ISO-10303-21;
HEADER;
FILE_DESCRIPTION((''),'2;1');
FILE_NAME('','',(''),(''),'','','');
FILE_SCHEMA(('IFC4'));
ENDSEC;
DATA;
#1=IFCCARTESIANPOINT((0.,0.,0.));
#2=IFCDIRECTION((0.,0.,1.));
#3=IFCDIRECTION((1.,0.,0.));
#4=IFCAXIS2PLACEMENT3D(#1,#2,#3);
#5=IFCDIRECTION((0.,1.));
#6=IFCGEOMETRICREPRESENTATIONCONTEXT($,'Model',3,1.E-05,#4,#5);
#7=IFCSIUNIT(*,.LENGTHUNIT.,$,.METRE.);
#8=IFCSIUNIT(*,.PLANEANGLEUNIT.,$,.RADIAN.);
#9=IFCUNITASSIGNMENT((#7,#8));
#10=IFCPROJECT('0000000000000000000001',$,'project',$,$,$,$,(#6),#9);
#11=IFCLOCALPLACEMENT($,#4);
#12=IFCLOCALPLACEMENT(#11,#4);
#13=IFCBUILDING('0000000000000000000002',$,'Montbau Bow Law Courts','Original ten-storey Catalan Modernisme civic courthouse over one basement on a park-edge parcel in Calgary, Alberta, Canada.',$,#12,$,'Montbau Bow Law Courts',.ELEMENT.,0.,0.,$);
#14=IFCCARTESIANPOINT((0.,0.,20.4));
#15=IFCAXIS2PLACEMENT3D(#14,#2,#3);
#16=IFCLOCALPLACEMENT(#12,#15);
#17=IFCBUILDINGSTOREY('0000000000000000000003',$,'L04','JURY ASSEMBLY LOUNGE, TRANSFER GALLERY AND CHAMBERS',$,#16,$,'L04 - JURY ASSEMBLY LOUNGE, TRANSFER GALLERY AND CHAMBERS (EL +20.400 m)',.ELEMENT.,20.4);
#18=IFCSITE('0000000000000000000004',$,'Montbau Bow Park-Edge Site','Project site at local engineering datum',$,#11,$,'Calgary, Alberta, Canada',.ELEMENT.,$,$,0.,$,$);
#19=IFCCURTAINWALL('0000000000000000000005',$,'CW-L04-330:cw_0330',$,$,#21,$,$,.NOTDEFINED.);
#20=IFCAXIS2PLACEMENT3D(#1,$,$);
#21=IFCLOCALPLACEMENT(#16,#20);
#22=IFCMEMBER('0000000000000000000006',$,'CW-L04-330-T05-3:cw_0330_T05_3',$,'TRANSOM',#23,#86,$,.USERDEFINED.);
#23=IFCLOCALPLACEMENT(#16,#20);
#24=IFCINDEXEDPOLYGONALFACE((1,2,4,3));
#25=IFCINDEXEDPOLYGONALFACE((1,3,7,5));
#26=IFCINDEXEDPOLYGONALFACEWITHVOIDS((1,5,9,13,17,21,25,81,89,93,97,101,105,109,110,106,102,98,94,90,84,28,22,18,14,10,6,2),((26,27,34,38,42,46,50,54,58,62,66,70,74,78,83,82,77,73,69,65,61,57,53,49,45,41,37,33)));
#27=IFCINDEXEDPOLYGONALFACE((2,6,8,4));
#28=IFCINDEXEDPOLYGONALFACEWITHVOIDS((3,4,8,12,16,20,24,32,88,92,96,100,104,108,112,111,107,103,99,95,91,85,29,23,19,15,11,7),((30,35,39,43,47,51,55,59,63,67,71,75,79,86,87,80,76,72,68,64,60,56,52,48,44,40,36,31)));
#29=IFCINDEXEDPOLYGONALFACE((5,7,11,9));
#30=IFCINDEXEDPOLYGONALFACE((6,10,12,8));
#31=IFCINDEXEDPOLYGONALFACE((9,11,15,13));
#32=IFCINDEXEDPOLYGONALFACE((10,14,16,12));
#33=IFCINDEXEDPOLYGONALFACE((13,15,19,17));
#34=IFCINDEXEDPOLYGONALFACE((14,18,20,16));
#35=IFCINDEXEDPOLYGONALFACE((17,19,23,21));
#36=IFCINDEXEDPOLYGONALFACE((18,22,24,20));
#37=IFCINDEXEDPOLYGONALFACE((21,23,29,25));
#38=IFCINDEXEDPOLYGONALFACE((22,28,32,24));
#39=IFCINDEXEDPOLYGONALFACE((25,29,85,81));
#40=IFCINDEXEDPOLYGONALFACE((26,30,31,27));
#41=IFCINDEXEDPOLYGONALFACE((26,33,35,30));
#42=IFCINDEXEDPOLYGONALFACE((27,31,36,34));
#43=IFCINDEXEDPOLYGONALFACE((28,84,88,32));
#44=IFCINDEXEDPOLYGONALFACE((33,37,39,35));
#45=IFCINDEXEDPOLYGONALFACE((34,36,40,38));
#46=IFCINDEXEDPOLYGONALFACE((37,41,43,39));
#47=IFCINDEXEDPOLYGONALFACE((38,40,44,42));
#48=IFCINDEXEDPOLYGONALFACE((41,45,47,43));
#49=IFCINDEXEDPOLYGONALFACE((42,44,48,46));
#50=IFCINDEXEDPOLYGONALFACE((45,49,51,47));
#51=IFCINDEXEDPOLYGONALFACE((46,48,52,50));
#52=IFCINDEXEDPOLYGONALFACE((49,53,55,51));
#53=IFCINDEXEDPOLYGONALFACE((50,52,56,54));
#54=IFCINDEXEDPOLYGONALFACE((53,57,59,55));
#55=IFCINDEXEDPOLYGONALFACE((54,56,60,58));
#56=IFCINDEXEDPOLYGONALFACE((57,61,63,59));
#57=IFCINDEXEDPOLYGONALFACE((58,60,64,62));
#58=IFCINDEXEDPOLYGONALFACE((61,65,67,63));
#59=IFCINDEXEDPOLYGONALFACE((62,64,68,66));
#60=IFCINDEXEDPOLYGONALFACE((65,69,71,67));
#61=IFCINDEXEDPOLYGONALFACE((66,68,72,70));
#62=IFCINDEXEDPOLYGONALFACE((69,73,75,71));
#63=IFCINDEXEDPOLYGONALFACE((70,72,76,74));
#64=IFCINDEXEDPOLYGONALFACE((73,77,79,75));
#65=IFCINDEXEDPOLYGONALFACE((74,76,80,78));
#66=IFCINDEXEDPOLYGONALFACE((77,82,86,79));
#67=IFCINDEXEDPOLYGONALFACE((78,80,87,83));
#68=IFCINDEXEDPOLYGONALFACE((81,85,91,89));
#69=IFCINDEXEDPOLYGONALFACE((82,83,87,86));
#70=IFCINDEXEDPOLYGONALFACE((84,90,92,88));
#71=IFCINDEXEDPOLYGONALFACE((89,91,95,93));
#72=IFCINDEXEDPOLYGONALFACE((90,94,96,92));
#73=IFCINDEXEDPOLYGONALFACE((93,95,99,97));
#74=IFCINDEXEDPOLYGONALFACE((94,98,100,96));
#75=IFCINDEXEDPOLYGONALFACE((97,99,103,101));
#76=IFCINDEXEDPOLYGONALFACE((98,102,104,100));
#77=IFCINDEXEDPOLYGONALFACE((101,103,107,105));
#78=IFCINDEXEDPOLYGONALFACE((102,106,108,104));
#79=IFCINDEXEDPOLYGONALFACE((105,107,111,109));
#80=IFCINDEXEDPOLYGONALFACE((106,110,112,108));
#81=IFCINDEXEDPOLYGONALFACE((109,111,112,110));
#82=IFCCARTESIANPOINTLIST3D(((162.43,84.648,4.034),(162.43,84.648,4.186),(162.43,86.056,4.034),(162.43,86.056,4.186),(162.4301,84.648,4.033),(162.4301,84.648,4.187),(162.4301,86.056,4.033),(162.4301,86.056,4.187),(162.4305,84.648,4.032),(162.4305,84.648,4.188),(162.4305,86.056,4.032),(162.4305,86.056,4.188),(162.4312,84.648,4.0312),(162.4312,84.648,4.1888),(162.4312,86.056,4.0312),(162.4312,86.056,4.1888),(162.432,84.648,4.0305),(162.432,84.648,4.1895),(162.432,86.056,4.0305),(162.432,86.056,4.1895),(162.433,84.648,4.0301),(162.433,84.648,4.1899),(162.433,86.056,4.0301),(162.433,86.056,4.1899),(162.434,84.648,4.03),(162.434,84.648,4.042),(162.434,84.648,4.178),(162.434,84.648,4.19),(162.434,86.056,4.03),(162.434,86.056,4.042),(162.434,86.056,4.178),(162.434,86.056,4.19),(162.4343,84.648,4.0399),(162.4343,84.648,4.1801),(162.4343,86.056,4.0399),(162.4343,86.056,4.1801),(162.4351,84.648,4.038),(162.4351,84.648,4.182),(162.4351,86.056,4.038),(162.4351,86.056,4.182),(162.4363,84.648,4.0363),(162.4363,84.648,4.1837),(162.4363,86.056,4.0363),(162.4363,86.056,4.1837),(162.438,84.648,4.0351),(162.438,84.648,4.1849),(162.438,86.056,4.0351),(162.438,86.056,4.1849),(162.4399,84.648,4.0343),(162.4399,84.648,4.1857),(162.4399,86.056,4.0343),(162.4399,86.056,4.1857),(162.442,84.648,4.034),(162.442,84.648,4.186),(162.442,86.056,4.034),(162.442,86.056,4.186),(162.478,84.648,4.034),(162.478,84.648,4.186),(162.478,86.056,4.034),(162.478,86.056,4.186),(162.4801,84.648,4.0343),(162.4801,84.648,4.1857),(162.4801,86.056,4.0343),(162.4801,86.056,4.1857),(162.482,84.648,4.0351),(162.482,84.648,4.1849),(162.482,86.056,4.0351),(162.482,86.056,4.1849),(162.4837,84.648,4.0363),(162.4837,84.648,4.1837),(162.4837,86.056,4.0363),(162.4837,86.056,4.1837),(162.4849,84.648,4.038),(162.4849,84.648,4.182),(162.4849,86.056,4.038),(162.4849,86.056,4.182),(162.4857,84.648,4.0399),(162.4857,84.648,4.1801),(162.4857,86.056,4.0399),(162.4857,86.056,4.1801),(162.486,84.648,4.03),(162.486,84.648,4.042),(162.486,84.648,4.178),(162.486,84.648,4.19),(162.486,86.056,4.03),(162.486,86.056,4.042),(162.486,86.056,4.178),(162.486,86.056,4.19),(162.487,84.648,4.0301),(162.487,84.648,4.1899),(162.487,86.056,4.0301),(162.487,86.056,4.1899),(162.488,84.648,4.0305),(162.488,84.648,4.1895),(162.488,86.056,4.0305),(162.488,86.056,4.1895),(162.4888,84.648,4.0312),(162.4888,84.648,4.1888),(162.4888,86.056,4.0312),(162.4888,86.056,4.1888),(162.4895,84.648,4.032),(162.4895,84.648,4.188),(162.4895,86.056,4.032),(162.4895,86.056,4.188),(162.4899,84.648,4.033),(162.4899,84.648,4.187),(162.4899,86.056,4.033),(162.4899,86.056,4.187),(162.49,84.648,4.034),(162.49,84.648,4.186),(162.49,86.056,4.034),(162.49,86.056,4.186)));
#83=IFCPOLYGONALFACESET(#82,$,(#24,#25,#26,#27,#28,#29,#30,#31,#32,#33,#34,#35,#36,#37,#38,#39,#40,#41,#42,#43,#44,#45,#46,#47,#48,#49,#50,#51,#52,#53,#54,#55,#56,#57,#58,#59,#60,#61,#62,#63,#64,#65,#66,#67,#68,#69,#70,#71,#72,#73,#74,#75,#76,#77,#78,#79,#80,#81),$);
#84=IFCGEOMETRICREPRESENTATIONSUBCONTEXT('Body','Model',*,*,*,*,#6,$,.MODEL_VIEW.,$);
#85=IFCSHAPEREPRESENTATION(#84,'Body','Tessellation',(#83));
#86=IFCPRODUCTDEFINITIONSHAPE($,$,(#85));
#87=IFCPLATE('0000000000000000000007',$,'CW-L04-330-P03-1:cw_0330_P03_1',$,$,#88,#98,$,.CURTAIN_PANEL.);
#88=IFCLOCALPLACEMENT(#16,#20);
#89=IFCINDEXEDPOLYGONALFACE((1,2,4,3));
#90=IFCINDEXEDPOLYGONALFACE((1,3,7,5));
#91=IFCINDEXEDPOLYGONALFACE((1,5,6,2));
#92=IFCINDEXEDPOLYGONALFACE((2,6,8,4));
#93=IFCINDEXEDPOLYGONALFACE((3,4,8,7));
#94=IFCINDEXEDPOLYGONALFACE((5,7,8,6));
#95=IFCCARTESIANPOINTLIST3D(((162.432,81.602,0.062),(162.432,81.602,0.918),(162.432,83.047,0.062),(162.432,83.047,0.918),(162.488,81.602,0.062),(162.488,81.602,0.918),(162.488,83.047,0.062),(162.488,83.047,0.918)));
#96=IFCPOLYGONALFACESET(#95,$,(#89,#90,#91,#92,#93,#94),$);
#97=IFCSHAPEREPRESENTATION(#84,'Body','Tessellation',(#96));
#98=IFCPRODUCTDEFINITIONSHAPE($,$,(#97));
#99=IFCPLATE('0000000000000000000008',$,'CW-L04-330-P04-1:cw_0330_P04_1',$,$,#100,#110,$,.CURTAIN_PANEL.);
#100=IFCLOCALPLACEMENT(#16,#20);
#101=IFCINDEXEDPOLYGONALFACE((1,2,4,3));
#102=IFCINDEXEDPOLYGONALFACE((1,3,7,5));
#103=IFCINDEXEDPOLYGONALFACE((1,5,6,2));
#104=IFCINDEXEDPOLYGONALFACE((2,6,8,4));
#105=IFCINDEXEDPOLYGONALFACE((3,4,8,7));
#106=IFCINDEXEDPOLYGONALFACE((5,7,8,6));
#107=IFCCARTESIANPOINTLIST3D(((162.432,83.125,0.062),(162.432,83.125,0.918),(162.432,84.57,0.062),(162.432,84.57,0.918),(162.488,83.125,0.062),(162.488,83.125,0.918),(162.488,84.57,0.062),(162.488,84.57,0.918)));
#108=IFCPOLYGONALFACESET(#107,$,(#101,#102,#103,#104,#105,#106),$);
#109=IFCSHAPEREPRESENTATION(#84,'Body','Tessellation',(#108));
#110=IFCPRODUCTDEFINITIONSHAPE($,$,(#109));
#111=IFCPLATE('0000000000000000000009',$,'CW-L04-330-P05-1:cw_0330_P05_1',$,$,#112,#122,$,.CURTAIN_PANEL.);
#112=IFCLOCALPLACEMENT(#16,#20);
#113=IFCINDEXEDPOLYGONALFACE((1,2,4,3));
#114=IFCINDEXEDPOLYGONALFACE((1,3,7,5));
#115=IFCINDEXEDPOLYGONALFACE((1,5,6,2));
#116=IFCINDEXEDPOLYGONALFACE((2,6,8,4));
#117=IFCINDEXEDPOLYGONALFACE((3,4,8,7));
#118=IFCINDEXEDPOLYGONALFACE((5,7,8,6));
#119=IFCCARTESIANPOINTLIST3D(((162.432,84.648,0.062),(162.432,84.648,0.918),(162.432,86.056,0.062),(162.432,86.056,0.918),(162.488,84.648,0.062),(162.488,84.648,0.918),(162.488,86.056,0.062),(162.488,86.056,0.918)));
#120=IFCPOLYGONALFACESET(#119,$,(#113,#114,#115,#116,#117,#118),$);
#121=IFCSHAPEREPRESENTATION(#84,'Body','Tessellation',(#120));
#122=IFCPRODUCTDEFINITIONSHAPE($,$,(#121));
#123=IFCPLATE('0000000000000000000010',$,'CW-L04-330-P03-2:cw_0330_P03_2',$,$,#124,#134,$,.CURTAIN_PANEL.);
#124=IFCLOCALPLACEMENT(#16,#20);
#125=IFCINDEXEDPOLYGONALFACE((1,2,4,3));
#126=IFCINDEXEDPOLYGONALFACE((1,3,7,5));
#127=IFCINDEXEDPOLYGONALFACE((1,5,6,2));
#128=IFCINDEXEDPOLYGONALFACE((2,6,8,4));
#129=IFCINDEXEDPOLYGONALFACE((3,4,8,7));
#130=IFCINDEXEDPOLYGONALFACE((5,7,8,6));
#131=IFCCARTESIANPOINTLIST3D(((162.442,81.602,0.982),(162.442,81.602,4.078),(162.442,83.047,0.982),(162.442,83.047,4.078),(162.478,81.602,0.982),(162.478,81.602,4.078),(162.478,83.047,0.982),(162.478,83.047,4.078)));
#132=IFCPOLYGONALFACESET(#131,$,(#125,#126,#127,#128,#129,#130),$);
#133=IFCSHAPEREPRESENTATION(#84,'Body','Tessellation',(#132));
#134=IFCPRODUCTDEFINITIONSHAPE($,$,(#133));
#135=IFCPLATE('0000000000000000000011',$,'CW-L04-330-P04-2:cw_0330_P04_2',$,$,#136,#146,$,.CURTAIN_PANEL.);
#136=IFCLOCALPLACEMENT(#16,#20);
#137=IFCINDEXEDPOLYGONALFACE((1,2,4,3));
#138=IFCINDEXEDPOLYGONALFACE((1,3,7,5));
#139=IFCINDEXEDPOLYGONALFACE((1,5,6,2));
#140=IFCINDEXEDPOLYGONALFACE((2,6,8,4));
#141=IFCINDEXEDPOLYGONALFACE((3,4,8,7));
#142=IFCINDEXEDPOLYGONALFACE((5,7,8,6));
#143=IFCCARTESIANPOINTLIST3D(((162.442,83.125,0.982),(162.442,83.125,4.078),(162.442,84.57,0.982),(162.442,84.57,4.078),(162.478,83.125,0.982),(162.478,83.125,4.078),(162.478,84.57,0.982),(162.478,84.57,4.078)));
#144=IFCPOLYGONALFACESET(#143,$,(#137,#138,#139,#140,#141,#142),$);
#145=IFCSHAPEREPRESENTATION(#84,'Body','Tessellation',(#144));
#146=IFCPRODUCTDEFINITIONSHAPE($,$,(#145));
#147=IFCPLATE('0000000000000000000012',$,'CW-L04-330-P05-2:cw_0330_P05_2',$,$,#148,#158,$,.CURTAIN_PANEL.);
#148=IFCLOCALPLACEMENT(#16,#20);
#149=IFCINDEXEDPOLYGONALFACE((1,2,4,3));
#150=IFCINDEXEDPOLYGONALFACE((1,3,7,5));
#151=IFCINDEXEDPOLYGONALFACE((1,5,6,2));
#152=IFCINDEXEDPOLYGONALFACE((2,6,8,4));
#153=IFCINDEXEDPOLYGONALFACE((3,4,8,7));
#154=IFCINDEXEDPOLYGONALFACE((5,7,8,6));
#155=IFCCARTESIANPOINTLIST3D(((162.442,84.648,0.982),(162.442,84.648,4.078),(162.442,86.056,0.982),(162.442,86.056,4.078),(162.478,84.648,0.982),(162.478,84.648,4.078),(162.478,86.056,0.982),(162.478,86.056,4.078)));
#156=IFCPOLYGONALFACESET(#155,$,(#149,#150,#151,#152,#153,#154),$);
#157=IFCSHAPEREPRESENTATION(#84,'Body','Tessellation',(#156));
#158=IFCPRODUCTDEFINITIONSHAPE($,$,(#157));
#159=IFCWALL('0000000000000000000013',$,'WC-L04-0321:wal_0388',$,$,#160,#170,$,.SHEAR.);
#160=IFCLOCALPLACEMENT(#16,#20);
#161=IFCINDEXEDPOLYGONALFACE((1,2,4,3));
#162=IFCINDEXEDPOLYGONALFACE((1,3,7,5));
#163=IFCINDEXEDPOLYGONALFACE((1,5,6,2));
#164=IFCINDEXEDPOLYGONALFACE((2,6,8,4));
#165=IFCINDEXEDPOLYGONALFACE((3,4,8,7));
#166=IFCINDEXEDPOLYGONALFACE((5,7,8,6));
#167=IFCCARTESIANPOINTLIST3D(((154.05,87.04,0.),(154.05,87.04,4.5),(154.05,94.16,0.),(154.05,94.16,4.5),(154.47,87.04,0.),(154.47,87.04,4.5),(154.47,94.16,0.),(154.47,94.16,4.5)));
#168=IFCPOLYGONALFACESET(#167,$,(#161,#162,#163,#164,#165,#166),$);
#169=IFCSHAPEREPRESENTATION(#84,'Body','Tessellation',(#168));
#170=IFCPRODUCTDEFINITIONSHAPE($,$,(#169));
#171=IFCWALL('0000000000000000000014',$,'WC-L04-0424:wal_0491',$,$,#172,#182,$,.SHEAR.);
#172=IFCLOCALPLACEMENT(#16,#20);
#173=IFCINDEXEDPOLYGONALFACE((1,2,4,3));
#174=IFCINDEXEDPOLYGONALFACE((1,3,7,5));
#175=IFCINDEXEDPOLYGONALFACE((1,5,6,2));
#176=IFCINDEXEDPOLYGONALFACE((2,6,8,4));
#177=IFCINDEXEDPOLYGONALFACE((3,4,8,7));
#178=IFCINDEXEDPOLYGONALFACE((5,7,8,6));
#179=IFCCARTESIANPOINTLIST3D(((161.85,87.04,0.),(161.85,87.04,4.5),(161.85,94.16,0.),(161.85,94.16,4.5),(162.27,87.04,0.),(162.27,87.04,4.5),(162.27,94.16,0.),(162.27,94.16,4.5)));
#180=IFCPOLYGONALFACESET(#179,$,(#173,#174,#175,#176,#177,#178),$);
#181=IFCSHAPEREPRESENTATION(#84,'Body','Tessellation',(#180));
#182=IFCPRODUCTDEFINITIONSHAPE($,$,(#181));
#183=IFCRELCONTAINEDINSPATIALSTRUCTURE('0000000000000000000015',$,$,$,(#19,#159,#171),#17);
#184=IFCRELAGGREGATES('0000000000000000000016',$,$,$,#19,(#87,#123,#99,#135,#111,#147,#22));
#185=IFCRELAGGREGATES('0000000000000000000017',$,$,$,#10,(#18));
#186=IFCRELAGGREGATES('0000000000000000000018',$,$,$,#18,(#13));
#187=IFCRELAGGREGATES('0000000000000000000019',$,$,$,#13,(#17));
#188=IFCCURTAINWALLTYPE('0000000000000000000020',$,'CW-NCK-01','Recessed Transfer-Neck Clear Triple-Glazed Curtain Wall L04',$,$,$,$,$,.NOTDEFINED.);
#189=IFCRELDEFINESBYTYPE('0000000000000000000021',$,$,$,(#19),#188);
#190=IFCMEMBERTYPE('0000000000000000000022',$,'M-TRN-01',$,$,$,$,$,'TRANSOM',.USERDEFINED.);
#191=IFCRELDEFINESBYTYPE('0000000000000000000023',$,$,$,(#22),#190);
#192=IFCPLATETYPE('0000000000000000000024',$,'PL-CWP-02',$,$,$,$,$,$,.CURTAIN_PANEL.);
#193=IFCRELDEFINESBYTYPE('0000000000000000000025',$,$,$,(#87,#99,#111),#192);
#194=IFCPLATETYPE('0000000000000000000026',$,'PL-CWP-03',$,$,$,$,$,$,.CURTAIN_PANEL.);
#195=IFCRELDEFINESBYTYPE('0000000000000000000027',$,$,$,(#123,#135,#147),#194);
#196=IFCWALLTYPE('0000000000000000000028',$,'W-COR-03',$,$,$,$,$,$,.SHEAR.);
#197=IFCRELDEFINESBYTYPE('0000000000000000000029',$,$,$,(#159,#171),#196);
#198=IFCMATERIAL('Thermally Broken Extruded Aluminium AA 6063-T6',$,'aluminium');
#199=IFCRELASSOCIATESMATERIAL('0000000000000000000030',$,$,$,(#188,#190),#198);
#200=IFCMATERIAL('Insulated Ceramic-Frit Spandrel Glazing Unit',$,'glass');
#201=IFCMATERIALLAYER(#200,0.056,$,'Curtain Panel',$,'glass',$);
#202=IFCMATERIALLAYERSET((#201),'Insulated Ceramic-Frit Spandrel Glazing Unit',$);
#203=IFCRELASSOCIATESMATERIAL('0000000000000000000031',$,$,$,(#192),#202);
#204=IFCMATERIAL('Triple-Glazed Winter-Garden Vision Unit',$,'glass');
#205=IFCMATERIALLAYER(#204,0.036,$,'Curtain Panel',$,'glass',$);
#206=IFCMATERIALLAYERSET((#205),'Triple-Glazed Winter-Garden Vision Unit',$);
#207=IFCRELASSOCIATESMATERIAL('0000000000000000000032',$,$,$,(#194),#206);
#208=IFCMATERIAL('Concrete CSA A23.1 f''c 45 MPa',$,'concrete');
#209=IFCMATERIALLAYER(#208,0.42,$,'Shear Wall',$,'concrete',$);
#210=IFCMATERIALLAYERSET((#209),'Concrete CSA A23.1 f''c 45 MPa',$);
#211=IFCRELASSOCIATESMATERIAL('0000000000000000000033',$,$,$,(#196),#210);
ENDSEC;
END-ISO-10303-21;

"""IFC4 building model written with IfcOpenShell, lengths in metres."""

from ifc_helpers import new_model, si_unit, direction, frame, frame_2d, origin_with_axes, origin_2d_with_axis, place, context, subcontext, project, spatial, rectangle, hollow_rectangle, extrude, material, layer, layer_set, material_profile, profile_set, type_object, element, aggregate, save


model = new_model("IFC4")

# Units and contexts
model_context = context("Model", 3, precision=1e-05, world=origin_with_axes(), true_north=direction((0.0, 1.0)))
body_context = subcontext(model_context, "Body", "Model", "MODEL_VIEW")
ifc_project = project(units=[si_unit("LENGTHUNIT", "METRE"), si_unit("PLANEANGLEUNIT", "RADIAN")], contexts=[model_context])

# Site, building, storey
site_placement = place(None, origin_with_axes())
site = spatial("IfcSite", under=ifc_project, at=site_placement, Name="Montbau Bow Park-Edge Site", Description="Project site at local engineering datum", LongName="Calgary, Alberta, Canada", CompositionType="ELEMENT", RefElevation=0.0)
building_placement = place(site_placement, origin_with_axes())
building = spatial("IfcBuilding", under=site, at=building_placement, Name="Montbau Bow Law Courts", Description="Original ten-storey Catalan Modernisme civic courthouse over one basement on a park-edge parcel in Calgary, Alberta, Canada.", LongName="Montbau Bow Law Courts", CompositionType="ELEMENT", ElevationOfRefHeight=0.0, ElevationOfTerrain=0.0)
storey_placement = place(building_placement, frame((0.0, 0.0, 20.4), z_axis=(0.0, 0.0, 1.0), x_axis=(1.0, 0.0, 0.0)))
storey = spatial("IfcBuildingStorey", under=building, at=storey_placement, Name="L04", Description="JURY ASSEMBLY LOUNGE, TRANSFER GALLERY AND CHAMBERS", LongName="L04 - JURY ASSEMBLY LOUNGE, TRANSFER GALLERY AND CHAMBERS (EL +20.400 m)", CompositionType="ELEMENT", Elevation=20.4)

# Curtain wall, member, plates
ifc_material_1 = material(Name="Thermally Broken Extruded Aluminium AA 6063-T6", Category="aluminium")
curtain_wall_type = type_object("IfcCurtainWallType", Name="CW-NCK-01", Description="Recessed Transfer-Neck Clear Triple-Glazed Curtain Wall L04", PredefinedType="NOTDEFINED", material=ifc_material_1)
curtain_wall_placement = place(None, frame((162.46, 78.515, 20.4), z_axis=(0.0, 0.0, 1.0), x_axis=(1.0, 0.0, 0.0)))
curtain_wall = element("IfcCurtainWall", 1, at=curtain_wall_placement, inside=storey, type_object=curtain_wall_type, Name="CW-L04-330:cw_0330", PredefinedType="NOTDEFINED")
ifc_material_profile_1 = material_profile(ifc_material_1, hollow_rectangle(XDim=0.06, YDim=0.16, WallThickness=0.004, InnerFilletRadius=0.008, OuterFilletRadius=0.004, at=origin_2d_with_axis()), Name="CWT-160X60", Category="Main", Priority=0)
ifc_profile_set_1 = profile_set([ifc_material_profile_1], Name="Thermally Broken Extruded Aluminium AA 6063-T6")
member_type_1 = type_object("IfcMemberType", Name="M-TRN-01", ElementType="TRANSOM", PredefinedType="USERDEFINED", material=ifc_profile_set_1)
member_1_placement = place(None, frame((162.46, 84.648, 24.51), z_axis=(0.0, 1.0, 0.0), x_axis=(-1.0, 0.0, 0.0)))
member_1 = element("IfcMember", 2, at=member_1_placement, type_object=member_type_1, Name="CW-L04-330-T05-3:cw_0330_T05_3", ObjectType="TRANSOM", PredefinedType="USERDEFINED", context=body_context, shape_type="SweptSolid", body=[
    extrude(hollow_rectangle(XDim=0.06, YDim=0.16, WallThickness=0.004, InnerFilletRadius=0.008, OuterFilletRadius=0.004, at=origin_2d_with_axis()), origin_with_axes(), (0.0, 0.0, 1.0), 1.408),
])
ifc_material_2 = material(Name="Insulated Ceramic-Frit Spandrel Glazing Unit", Category="glass")
ifc_layer_1 = layer(ifc_material_2, 0.056, Name="Curtain Panel", Category="glass")
ifc_layer_set_1 = layer_set([ifc_layer_1], Name="Insulated Ceramic-Frit Spandrel Glazing Unit")
plate_type_1 = type_object("IfcPlateType", Name="PL-CWP-02", PredefinedType="CURTAIN_PANEL", material=ifc_layer_set_1)
plate_1_placement = place(None, frame((162.46, 81.602, 20.462), z_axis=(1.0, 0.0, 0.0), x_axis=(0.0, 1.0, 0.0)))
plate_1 = element("IfcPlate", 3, at=plate_1_placement, type_object=plate_type_1, Name="CW-L04-330-P03-1:cw_0330_P03_1", PredefinedType="CURTAIN_PANEL", context=body_context, shape_type="SweptSolid", body=[
    extrude(rectangle(XDim=1.445, YDim=0.856, at=frame_2d((0.7225, 0.428), x_axis=(1.0, 0.0))), frame((0.0, 0.0, -0.028), z_axis=(0.0, 0.0, 1.0), x_axis=(1.0, 0.0, 0.0)), (0.0, 0.0, 1.0), 0.056),
])
plate_2_placement = place(None, frame((162.46, 83.125, 20.462), z_axis=(1.0, 0.0, 0.0), x_axis=(0.0, 1.0, 0.0)))
plate_2 = element("IfcPlate", 4, at=plate_2_placement, type_object=plate_type_1, Name="CW-L04-330-P04-1:cw_0330_P04_1", PredefinedType="CURTAIN_PANEL", context=body_context, shape_type="SweptSolid", body=[
    extrude(rectangle(XDim=1.445, YDim=0.856, at=frame_2d((0.7225, 0.428), x_axis=(1.0, 0.0))), frame((0.0, 0.0, -0.028), z_axis=(0.0, 0.0, 1.0), x_axis=(1.0, 0.0, 0.0)), (0.0, 0.0, 1.0), 0.056),
])
plate_3_placement = place(None, frame((162.46, 84.648, 20.462), z_axis=(1.0, 0.0, 0.0), x_axis=(0.0, 1.0, 0.0)))
plate_3 = element("IfcPlate", 5, at=plate_3_placement, type_object=plate_type_1, Name="CW-L04-330-P05-1:cw_0330_P05_1", PredefinedType="CURTAIN_PANEL", context=body_context, shape_type="SweptSolid", body=[
    extrude(rectangle(XDim=1.408, YDim=0.856, at=frame_2d((0.704, 0.428), x_axis=(1.0, 0.0))), frame((0.0, 0.0, -0.028), z_axis=(0.0, 0.0, 1.0), x_axis=(1.0, 0.0, 0.0)), (0.0, 0.0, 1.0), 0.056),
])
ifc_material_3 = material(Name="Triple-Glazed Winter-Garden Vision Unit", Category="glass")
ifc_layer_2 = layer(ifc_material_3, 0.036, Name="Curtain Panel", Category="glass")
ifc_layer_set_2 = layer_set([ifc_layer_2], Name="Triple-Glazed Winter-Garden Vision Unit")
plate_type_2 = type_object("IfcPlateType", Name="PL-CWP-03", PredefinedType="CURTAIN_PANEL", material=ifc_layer_set_2)
plate_4_placement = place(None, frame((162.46, 81.602, 21.382), z_axis=(1.0, 0.0, 0.0), x_axis=(0.0, 1.0, 0.0)))
plate_4 = element("IfcPlate", 6, at=plate_4_placement, type_object=plate_type_2, Name="CW-L04-330-P03-2:cw_0330_P03_2", PredefinedType="CURTAIN_PANEL", context=body_context, shape_type="SweptSolid", body=[
    extrude(rectangle(XDim=1.445, YDim=3.096, at=frame_2d((0.7225, 1.548), x_axis=(1.0, 0.0))), frame((0.0, 0.0, -0.018), z_axis=(0.0, 0.0, 1.0), x_axis=(1.0, 0.0, 0.0)), (0.0, 0.0, 1.0), 0.036),
])
plate_5_placement = place(None, frame((162.46, 83.125, 21.382), z_axis=(1.0, 0.0, 0.0), x_axis=(0.0, 1.0, 0.0)))
plate_5 = element("IfcPlate", 7, at=plate_5_placement, type_object=plate_type_2, Name="CW-L04-330-P04-2:cw_0330_P04_2", PredefinedType="CURTAIN_PANEL", context=body_context, shape_type="SweptSolid", body=[
    extrude(rectangle(XDim=1.445, YDim=3.096, at=frame_2d((0.7225, 1.548), x_axis=(1.0, 0.0))), frame((0.0, 0.0, -0.018), z_axis=(0.0, 0.0, 1.0), x_axis=(1.0, 0.0, 0.0)), (0.0, 0.0, 1.0), 0.036),
])
plate_6_placement = place(None, frame((162.46, 84.648, 21.382), z_axis=(1.0, 0.0, 0.0), x_axis=(0.0, 1.0, 0.0)))
plate_6 = element("IfcPlate", 8, at=plate_6_placement, type_object=plate_type_2, Name="CW-L04-330-P05-2:cw_0330_P05_2", PredefinedType="CURTAIN_PANEL", context=body_context, shape_type="SweptSolid", body=[
    extrude(rectangle(XDim=1.408, YDim=3.096, at=frame_2d((0.704, 1.548), x_axis=(1.0, 0.0))), frame((0.0, 0.0, -0.018), z_axis=(0.0, 0.0, 1.0), x_axis=(1.0, 0.0, 0.0)), (0.0, 0.0, 1.0), 0.036),
])
aggregate(curtain_wall, [plate_1, plate_4, plate_2, plate_5, plate_3, plate_6, member_1])

# Walls
ifc_material_4 = material(Name="Concrete CSA A23.1 f'c 45 MPa", Category="concrete")
ifc_layer_3 = layer(ifc_material_4, 0.42, Name="Shear Wall", Category="concrete")
ifc_layer_set_3 = layer_set([ifc_layer_3], Name="Concrete CSA A23.1 f'c 45 MPa")
wall_type_1 = type_object("IfcWallType", Name="W-COR-03", PredefinedType="SHEAR", material=ifc_layer_set_3)
for number, where, z_axis, x_axis, name in (
    (9, (154.26, 87.04, 20.4), (0.0, 0.0, 1.0), (0.0, 1.0, 0.0), "WC-L04-0321:wal_0388"),
    (10, (162.06, 87.04, 20.4), (0.0, 0.0, 1.0), (0.0, 1.0, 0.0), "WC-L04-0424:wal_0491"),
):
    element("IfcWall", number, at=place(None, frame(where, z_axis=z_axis, x_axis=x_axis)), inside=storey, type_object=wall_type_1, Name=name, PredefinedType="SHEAR", context=body_context, shape_type="SweptSolid", body=[
        extrude(rectangle(XDim=7.12, YDim=0.42, at=frame_2d((3.56, 0.0), x_axis=(1.0, 0.0))), origin_with_axes(), (0.0, 0.0, 1.0), 4.5),
    ])

save(model, "model.ifc")
